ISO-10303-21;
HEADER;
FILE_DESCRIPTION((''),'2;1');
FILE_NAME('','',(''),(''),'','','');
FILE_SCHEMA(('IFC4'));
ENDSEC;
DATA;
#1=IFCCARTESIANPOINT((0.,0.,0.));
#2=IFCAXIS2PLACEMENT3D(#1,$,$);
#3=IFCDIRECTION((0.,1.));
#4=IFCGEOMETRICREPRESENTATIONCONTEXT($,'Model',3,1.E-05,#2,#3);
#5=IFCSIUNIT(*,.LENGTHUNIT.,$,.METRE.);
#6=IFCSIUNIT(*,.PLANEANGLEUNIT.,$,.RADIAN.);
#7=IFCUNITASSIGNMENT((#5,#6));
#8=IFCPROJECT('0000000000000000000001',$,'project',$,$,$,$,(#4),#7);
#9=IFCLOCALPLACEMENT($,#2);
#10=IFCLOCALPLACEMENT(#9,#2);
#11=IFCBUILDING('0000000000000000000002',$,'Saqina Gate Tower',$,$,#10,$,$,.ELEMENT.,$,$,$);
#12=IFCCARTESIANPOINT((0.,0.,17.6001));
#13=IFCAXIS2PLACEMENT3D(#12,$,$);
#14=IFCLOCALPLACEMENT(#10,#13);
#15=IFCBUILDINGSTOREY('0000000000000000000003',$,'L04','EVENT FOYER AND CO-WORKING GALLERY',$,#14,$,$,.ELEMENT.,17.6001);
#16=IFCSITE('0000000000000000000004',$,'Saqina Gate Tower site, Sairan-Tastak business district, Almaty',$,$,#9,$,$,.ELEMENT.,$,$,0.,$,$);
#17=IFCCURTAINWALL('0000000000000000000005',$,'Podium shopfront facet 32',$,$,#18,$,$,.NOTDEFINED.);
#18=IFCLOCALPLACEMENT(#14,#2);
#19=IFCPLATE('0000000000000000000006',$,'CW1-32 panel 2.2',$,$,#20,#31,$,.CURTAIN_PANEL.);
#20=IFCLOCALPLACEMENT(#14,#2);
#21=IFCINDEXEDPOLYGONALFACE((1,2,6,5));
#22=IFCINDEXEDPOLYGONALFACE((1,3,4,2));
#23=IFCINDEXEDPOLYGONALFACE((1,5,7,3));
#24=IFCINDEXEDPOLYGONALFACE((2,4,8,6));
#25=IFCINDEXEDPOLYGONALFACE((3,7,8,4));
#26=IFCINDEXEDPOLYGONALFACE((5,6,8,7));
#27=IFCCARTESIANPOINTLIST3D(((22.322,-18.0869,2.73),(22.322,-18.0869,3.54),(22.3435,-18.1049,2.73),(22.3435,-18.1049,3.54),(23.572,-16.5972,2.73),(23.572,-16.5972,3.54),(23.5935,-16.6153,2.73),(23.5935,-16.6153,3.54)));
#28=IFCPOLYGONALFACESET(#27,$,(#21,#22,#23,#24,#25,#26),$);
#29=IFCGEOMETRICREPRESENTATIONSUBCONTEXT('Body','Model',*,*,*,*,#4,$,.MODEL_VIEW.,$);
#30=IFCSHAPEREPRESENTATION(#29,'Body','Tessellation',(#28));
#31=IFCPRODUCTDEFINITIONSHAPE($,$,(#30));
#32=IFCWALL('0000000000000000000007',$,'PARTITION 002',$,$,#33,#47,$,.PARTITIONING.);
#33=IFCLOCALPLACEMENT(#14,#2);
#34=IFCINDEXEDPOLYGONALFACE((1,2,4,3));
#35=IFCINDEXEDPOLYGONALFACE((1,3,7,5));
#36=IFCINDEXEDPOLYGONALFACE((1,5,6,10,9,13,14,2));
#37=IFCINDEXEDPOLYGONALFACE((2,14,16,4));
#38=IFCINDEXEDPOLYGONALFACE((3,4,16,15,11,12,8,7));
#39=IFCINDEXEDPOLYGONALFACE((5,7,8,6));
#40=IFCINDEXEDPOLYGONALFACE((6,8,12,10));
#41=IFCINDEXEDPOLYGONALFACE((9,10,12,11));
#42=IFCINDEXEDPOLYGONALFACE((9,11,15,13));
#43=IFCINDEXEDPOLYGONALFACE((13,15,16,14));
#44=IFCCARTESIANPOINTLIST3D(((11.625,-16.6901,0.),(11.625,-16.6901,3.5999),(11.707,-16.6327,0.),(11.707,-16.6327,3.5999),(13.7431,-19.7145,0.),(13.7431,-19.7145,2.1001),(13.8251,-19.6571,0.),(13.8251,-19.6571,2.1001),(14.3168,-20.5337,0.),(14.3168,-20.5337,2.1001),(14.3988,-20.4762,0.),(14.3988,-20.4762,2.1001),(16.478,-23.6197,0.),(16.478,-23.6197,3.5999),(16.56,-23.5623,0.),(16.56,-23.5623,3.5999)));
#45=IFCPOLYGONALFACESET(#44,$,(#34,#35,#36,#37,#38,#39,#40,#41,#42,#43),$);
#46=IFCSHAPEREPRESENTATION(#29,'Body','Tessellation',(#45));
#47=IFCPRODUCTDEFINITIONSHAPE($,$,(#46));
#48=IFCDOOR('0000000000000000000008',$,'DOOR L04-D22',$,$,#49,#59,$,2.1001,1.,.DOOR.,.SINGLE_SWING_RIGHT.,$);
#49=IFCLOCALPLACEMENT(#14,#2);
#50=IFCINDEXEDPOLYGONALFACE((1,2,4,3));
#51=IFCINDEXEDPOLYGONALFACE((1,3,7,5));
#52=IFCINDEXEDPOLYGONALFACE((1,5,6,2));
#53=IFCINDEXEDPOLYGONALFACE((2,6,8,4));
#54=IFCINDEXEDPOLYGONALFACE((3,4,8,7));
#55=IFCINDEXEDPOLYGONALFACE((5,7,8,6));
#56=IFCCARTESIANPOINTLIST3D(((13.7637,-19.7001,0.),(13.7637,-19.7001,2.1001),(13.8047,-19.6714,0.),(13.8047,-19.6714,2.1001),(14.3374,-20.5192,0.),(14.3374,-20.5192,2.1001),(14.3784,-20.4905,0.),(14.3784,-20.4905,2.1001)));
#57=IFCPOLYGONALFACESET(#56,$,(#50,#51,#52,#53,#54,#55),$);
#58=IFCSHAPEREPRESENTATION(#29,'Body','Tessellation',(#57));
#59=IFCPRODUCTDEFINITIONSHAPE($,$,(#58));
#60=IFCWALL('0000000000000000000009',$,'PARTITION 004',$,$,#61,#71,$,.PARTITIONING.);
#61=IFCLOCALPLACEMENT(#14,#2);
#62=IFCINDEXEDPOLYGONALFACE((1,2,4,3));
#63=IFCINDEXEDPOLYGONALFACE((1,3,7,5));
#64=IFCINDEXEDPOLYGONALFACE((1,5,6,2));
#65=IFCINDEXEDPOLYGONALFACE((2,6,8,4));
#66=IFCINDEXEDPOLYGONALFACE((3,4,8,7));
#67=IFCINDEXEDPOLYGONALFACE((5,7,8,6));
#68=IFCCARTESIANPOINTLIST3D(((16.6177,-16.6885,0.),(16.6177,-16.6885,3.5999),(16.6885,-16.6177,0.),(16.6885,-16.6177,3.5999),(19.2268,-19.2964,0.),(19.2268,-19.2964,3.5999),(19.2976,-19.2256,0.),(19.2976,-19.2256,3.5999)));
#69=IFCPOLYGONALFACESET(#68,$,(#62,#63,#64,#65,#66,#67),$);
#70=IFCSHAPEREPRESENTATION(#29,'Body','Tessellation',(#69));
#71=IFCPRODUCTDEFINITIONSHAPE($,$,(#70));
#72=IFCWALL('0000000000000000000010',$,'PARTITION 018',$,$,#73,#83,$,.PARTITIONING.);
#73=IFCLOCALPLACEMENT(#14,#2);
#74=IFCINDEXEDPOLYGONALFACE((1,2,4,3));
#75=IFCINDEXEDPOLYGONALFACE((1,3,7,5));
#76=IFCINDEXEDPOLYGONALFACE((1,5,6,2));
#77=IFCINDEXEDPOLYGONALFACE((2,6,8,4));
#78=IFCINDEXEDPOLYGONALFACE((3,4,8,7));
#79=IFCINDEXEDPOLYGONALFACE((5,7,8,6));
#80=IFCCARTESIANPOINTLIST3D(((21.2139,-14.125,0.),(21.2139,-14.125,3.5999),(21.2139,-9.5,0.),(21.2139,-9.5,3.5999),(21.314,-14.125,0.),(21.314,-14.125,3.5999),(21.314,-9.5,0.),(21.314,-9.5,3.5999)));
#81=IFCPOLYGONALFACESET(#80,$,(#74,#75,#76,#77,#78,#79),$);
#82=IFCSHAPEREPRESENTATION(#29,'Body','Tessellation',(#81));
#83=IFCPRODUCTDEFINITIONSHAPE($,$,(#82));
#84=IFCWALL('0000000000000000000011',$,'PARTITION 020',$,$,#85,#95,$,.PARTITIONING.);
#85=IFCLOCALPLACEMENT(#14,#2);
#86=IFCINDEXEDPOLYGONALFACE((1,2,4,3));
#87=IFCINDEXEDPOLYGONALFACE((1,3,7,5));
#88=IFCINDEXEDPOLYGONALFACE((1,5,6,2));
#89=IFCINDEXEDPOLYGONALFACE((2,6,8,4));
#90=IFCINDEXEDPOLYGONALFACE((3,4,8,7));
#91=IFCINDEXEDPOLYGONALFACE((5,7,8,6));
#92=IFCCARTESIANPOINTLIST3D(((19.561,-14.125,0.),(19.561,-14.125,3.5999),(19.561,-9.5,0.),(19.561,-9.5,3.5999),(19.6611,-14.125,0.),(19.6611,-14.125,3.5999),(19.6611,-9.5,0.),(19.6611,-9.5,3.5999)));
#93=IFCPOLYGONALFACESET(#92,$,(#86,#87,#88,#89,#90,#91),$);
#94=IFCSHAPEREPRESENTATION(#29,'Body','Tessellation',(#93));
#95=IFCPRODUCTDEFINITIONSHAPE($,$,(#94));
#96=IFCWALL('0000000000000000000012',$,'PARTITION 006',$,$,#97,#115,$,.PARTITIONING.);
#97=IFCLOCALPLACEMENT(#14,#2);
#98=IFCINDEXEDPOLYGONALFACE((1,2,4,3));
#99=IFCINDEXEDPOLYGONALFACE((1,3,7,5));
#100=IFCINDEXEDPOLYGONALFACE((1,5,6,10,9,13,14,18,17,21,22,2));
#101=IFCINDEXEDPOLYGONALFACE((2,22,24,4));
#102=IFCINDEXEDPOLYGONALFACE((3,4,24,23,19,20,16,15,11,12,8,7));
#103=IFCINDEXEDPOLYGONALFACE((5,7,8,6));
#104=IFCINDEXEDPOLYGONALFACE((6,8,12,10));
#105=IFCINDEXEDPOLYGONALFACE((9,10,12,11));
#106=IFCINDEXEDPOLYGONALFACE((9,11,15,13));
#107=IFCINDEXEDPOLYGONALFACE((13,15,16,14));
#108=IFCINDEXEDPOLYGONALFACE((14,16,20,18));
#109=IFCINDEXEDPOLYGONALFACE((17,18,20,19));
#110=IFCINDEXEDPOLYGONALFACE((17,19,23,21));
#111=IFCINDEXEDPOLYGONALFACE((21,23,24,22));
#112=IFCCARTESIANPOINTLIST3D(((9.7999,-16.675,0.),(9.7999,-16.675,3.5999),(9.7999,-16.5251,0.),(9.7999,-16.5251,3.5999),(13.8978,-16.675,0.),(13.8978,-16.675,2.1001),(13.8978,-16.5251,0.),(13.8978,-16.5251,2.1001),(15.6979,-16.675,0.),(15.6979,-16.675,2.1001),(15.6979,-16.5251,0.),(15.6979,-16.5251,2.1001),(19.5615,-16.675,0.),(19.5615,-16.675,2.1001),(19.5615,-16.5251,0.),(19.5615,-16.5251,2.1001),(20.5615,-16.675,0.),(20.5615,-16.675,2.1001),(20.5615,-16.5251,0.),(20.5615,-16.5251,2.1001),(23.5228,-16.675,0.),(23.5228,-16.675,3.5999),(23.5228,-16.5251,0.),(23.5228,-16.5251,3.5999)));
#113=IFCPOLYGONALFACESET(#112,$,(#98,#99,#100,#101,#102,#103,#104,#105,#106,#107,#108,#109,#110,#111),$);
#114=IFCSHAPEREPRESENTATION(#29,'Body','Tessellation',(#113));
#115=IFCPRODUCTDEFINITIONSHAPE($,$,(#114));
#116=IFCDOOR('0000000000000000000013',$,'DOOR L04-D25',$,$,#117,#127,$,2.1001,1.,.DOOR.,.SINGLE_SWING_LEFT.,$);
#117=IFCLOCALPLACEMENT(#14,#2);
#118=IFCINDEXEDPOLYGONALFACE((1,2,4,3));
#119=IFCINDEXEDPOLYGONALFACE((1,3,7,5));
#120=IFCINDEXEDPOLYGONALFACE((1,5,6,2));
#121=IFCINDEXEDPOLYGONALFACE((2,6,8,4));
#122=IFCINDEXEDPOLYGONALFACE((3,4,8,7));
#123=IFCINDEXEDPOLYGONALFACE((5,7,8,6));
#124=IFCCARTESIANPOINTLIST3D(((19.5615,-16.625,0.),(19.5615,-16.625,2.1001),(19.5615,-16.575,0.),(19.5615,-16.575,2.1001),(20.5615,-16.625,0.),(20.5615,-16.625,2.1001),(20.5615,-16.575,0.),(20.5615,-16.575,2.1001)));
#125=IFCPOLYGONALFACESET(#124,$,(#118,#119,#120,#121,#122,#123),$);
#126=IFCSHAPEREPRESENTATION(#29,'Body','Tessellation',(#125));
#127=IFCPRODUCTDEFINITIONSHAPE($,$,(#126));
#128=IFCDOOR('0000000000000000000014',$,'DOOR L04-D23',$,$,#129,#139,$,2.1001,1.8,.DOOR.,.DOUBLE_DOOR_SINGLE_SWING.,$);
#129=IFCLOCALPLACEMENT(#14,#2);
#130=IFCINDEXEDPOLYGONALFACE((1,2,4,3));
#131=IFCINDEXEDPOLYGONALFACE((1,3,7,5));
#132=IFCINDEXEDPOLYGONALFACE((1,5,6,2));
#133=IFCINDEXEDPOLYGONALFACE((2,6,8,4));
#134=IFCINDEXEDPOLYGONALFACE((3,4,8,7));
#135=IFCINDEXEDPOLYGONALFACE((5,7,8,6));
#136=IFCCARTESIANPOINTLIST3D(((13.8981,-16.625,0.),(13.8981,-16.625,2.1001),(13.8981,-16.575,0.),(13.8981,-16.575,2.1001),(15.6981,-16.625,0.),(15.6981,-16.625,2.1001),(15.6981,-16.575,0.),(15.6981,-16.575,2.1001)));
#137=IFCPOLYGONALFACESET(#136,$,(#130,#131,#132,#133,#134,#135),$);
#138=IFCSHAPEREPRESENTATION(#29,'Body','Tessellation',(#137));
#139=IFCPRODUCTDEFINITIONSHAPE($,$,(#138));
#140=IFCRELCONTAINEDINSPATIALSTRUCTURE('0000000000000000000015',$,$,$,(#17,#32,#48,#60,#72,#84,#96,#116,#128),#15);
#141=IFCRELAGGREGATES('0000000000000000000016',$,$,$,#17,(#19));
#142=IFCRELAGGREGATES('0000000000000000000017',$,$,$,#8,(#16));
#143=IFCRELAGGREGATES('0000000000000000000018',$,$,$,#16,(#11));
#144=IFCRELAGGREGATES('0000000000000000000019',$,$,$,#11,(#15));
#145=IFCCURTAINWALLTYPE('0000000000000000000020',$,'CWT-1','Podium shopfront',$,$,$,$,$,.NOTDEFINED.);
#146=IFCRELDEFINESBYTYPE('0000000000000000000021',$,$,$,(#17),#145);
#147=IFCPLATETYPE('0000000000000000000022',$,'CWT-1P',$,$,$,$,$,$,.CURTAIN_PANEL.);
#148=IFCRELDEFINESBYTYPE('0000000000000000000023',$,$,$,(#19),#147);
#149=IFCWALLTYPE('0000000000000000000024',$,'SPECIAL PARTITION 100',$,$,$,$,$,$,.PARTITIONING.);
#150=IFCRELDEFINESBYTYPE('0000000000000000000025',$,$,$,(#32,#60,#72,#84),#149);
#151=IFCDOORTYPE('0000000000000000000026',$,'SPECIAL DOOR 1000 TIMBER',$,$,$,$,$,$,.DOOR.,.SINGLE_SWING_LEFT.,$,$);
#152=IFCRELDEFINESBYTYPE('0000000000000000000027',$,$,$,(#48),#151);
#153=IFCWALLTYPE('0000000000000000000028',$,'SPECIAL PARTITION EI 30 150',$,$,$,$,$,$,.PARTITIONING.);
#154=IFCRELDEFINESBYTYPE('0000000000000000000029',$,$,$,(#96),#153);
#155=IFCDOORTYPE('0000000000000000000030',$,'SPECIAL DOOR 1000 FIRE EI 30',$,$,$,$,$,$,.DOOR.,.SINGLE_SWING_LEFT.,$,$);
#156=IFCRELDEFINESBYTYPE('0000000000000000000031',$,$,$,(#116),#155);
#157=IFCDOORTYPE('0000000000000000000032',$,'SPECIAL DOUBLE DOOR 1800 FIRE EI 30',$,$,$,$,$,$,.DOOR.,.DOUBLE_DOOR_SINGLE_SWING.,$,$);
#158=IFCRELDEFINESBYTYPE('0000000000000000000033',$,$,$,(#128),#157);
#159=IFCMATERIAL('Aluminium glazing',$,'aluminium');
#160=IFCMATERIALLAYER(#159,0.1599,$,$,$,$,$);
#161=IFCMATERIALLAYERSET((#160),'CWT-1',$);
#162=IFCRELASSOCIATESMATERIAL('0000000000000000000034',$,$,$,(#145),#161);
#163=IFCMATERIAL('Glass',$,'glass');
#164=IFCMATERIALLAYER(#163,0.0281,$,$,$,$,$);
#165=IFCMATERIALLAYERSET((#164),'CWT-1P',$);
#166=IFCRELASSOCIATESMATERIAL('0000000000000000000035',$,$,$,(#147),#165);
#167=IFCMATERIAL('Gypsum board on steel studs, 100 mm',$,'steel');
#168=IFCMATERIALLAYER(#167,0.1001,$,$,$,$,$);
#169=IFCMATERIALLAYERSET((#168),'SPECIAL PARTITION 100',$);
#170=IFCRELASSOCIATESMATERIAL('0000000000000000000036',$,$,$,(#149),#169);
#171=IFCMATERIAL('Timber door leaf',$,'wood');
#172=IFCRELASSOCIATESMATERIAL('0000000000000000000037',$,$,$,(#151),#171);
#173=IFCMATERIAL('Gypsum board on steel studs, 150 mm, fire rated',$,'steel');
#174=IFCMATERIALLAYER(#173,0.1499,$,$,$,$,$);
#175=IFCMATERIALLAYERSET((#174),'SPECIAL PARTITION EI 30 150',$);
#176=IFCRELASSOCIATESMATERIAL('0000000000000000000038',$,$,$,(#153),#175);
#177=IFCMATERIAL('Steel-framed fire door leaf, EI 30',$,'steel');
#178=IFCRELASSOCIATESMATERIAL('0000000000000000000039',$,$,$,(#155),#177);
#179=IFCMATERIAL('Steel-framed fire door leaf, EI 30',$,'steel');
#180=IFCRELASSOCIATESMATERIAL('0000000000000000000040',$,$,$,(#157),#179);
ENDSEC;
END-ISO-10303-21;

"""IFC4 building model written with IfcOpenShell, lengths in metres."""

from ifc_helpers import new_model, si_unit, direction, frame, frame_2d, origin, origin_2d, place, context, subcontext, project, spatial, rectangle, extrude, material, layer, layer_set, type_object, element, fill, aggregate, save


model = new_model("IFC4")

# Units and contexts
model_context = context("Model", 3, precision=1e-05, world=origin(), true_north=direction((0.0, 1.0)))
body_context = subcontext(model_context, "Body", "Model", "MODEL_VIEW")
ifc_project = project(units=[si_unit("LENGTHUNIT", "METRE"), si_unit("PLANEANGLEUNIT", "RADIAN")], contexts=[model_context])

# Site, building, storey
site_placement = place(None, origin())
site = spatial("IfcSite", under=ifc_project, at=site_placement, Name="Saqina Gate Tower site, Sairan-Tastak business district, Almaty", CompositionType="ELEMENT", RefElevation=0.0)
building_placement = place(site_placement, origin())
building = spatial("IfcBuilding", under=site, at=building_placement, Name="Saqina Gate Tower", CompositionType="ELEMENT")
storey_placement = place(building_placement, frame((0.0, 0.0, 17.6001)))
storey = spatial("IfcBuildingStorey", under=building, at=storey_placement, Name="L04", Description="EVENT FOYER AND CO-WORKING GALLERY", CompositionType="ELEMENT", Elevation=17.6001)

# Curtain wall, plate
ifc_material_1 = material(Name="Aluminium glazing", Category="aluminium")
ifc_layer_1 = layer(ifc_material_1, 0.1599)
ifc_layer_set_1 = layer_set([ifc_layer_1], Name="CWT-1")
curtain_wall_type = type_object("IfcCurtainWallType", Name="CWT-1", Description="Podium shopfront", PredefinedType="NOTDEFINED", material=ifc_layer_set_1)
curtain_wall_placement = place(storey_placement, origin())
curtain_wall = element("IfcCurtainWall", 1, at=curtain_wall_placement, inside=storey, type_object=curtain_wall_type, Name="Podium shopfront facet 32", PredefinedType="NOTDEFINED")
ifc_material_2 = material(Name="Glass", Category="glass")
ifc_layer_2 = layer(ifc_material_2, 0.0281)
ifc_layer_set_2 = layer_set([ifc_layer_2], Name="CWT-1P")
plate_type = type_object("IfcPlateType", Name="CWT-1P", PredefinedType="CURTAIN_PANEL", material=ifc_layer_set_2)
plate_placement = place(storey_placement, frame((22.9578, -17.3511, 2.73), z_axis=(0.0, 0.0, 1.0), x_axis=(0.642779, 0.766051, 0.0)))
plate = element("IfcPlate", 2, at=plate_placement, type_object=plate_type, Name="CW1-32 panel 2.2", PredefinedType="CURTAIN_PANEL", context=body_context, shape_type="SweptSolid", body=[
    extrude(rectangle(XDim=1.9446, YDim=0.0281, at=origin_2d()), origin(), (0.0, 0.0, 1.0), 0.8101),
])
aggregate(curtain_wall, [plate])

# Wall, opening, door
ifc_material_3 = material(Name="Gypsum board on steel studs, 100 mm", Category="steel")
ifc_layer_3 = layer(ifc_material_3, 0.1001)
ifc_layer_set_3 = layer_set([ifc_layer_3], Name="SPECIAL PARTITION 100")
wall_type_1 = type_object("IfcWallType", Name="SPECIAL PARTITION 100", PredefinedType="PARTITIONING", material=ifc_layer_set_3)
wall_1_placement = place(storey_placement, frame((11.666, -16.6614, 0.0), z_axis=(0.0, 0.0, 1.0), x_axis=(0.573641, -0.819107, 0.0)))
wall_1 = element("IfcWall", 3, at=wall_1_placement, inside=storey, type_object=wall_type_1, Name="PARTITION 002", PredefinedType="PARTITIONING", context=body_context, shape_type="SweptSolid", body=[
    extrude(rectangle(XDim=8.46, YDim=0.1001, at=frame_2d((4.23, 0.0))), origin(), (0.0, 0.0, 1.0), 3.5999),
])
opening_1_placement = place(wall_1_placement, frame((3.6924, 0.0, 0.0)))
opening_1 = element("IfcOpeningElement", 4, at=opening_1_placement, cuts=wall_1, PredefinedType="OPENING", context=body_context, shape_type="SweptSolid", body=[
    extrude(rectangle(XDim=1.0, YDim=2.1001, at=frame_2d((0.5, 1.05))), frame((0.0, 0.062, 0.0), z_axis=(0.0, -1.0, 0.0), x_axis=(1.0, 0.0, 0.0)), (0.0, 0.0, 1.0), 0.124),
])
ifc_material_4 = material(Name="Timber door leaf", Category="wood")
door_type_1 = type_object("IfcDoorType", Name="SPECIAL DOOR 1000 TIMBER", OperationType="SINGLE_SWING_LEFT", PredefinedType="DOOR", material=ifc_material_4)
door_1_placement = place(opening_1_placement, frame((1.0, 0.0, 0.0), z_axis=(0.0, 0.0, 1.0), x_axis=(-1.0, 0.0, 0.0)))
door_1 = element("IfcDoor", 5, at=door_1_placement, inside=storey, type_object=door_type_1, Name="DOOR L04-D22", OperationType="SINGLE_SWING_RIGHT", OverallHeight=2.1001, OverallWidth=1.0, PredefinedType="DOOR", context=body_context, shape_type="SweptSolid", body=[
    extrude(rectangle(XDim=1.0, YDim=2.1001, at=frame_2d((0.5, 1.05))), frame((0.0, 0.0249, 0.0), z_axis=(0.0, -1.0, 0.0), x_axis=(1.0, 0.0, 0.0)), (0.0, 0.0, 1.0), 0.05),
])
fill(opening_1, door_1)

# Walls
wall_2_placement = place(storey_placement, frame((16.6531, -16.6531, 0.0), z_axis=(0.0, 0.0, 1.0), x_axis=(0.707272, -0.706941, 0.0)))
element("IfcWall", 6, at=wall_2_placement, inside=storey, type_object=wall_type_1, Name="PARTITION 004", PredefinedType="PARTITIONING", context=body_context, shape_type="SweptSolid", body=[
    extrude(rectangle(XDim=3.689, YDim=0.1001, at=frame_2d((1.8445, 0.0))), origin(), (0.0, 0.0, 1.0), 3.5999),
])
for number, where, z_axis, x_axis, name in (
    (7, (21.2639, -14.125, 0.0), (0.0, 0.0, 1.0), (0.0, 1.0, 0.0), "PARTITION 018"),
    (8, (19.6111, -14.125, 0.0), (0.0, 0.0, 1.0), (0.0, 1.0, 0.0), "PARTITION 020"),
):
    element("IfcWall", number, at=place(storey_placement, frame(where, z_axis=z_axis, x_axis=x_axis)), inside=storey, type_object=wall_type_1, Name=name, PredefinedType="PARTITIONING", context=body_context, shape_type="SweptSolid", body=[
        extrude(rectangle(XDim=4.625, YDim=0.1001, at=frame_2d((2.3125, 0.0))), origin(), (0.0, 0.0, 1.0), 3.5999),
    ])

# Wall, openings, doors
ifc_material_5 = material(Name="Gypsum board on steel studs, 150 mm, fire rated", Category="steel")
ifc_layer_4 = layer(ifc_material_5, 0.1499)
ifc_layer_set_4 = layer_set([ifc_layer_4], Name="SPECIAL PARTITION EI 30 150")
wall_type_2 = type_object("IfcWallType", Name="SPECIAL PARTITION EI 30 150", PredefinedType="PARTITIONING", material=ifc_layer_set_4)
wall_3_placement = place(storey_placement, frame((9.8, -16.6001, 0.0), z_axis=(0.0, 0.0, 1.0), x_axis=(1.0, 0.0, 0.0)))
wall_3 = element("IfcWall", 9, at=wall_3_placement, inside=storey, type_object=wall_type_2, Name="PARTITION 006", PredefinedType="PARTITIONING", context=body_context, shape_type="SweptSolid", body=[
    extrude(rectangle(XDim=13.7229, YDim=0.1499, at=frame_2d((6.8613, 0.0))), origin(), (0.0, 0.0, 1.0), 3.5999),
])
opening_2_placement = place(wall_3_placement, frame((4.0979, 0.0, 0.0)))
opening_2 = element("IfcOpeningElement", 10, at=opening_2_placement, cuts=wall_3, PredefinedType="OPENING", context=body_context, shape_type="SweptSolid", body=[
    extrude(rectangle(XDim=1.8, YDim=2.1001, at=frame_2d((0.8999, 1.05))), frame((0.0, 0.0869, 0.0), z_axis=(0.0, -1.0, 0.0), x_axis=(1.0, 0.0, 0.0)), (0.0, 0.0, 1.0), 0.1738),
])
opening_3_placement = place(wall_3_placement, frame((9.7615, 0.0, 0.0)))
opening_3 = element("IfcOpeningElement", 11, at=opening_3_placement, cuts=wall_3, PredefinedType="OPENING", context=body_context, shape_type="SweptSolid", body=[
    extrude(rectangle(XDim=1.0, YDim=2.1001, at=frame_2d((0.5, 1.05))), frame((0.0, 0.0869, 0.0), z_axis=(0.0, -1.0, 0.0), x_axis=(1.0, 0.0, 0.0)), (0.0, 0.0, 1.0), 0.1738),
])
ifc_material_6 = material(Name="Steel-framed fire door leaf, EI 30", Category="steel")
door_type_2 = type_object("IfcDoorType", Name="SPECIAL DOOR 1000 FIRE EI 30", OperationType="SINGLE_SWING_LEFT", PredefinedType="DOOR", material=ifc_material_6)
door_2_placement = place(opening_3_placement, frame((1.0, 0.0, 0.0), z_axis=(0.0, 0.0, 1.0), x_axis=(-1.0, 0.0, 0.0)))
door_2 = element("IfcDoor", 12, at=door_2_placement, inside=storey, type_object=door_type_2, Name="DOOR L04-D25", OperationType="SINGLE_SWING_LEFT", OverallHeight=2.1001, OverallWidth=1.0, PredefinedType="DOOR", context=body_context, shape_type="SweptSolid", body=[
    extrude(rectangle(XDim=1.0, YDim=2.1001, at=frame_2d((0.5, 1.05))), frame((0.0, 0.0249, 0.0), z_axis=(0.0, -1.0, 0.0), x_axis=(1.0, 0.0, 0.0)), (0.0, 0.0, 1.0), 0.05),
])
fill(opening_3, door_2)
ifc_material_7 = material(Name="Steel-framed fire door leaf, EI 30", Category="steel")
door_type_3 = type_object("IfcDoorType", Name="SPECIAL DOUBLE DOOR 1800 FIRE EI 30", OperationType="DOUBLE_DOOR_SINGLE_SWING", PredefinedType="DOOR", material=ifc_material_7)
door_3_placement = place(opening_2_placement, frame((1.8, 0.0, 0.0), z_axis=(0.0, 0.0, 1.0), x_axis=(-1.0, 0.0, 0.0)))
door_3 = element("IfcDoor", 13, at=door_3_placement, inside=storey, type_object=door_type_3, Name="DOOR L04-D23", OperationType="DOUBLE_DOOR_SINGLE_SWING", OverallHeight=2.1001, OverallWidth=1.8, PredefinedType="DOOR", context=body_context, shape_type="SweptSolid", body=[
    extrude(rectangle(XDim=1.8, YDim=2.1001, at=frame_2d((0.8999, 1.05))), frame((0.0, 0.0249, 0.0), z_axis=(0.0, -1.0, 0.0), x_axis=(1.0, 0.0, 0.0)), (0.0, 0.0, 1.0), 0.05),
])
fill(opening_2, door_3)

save(model, "model.ifc")
